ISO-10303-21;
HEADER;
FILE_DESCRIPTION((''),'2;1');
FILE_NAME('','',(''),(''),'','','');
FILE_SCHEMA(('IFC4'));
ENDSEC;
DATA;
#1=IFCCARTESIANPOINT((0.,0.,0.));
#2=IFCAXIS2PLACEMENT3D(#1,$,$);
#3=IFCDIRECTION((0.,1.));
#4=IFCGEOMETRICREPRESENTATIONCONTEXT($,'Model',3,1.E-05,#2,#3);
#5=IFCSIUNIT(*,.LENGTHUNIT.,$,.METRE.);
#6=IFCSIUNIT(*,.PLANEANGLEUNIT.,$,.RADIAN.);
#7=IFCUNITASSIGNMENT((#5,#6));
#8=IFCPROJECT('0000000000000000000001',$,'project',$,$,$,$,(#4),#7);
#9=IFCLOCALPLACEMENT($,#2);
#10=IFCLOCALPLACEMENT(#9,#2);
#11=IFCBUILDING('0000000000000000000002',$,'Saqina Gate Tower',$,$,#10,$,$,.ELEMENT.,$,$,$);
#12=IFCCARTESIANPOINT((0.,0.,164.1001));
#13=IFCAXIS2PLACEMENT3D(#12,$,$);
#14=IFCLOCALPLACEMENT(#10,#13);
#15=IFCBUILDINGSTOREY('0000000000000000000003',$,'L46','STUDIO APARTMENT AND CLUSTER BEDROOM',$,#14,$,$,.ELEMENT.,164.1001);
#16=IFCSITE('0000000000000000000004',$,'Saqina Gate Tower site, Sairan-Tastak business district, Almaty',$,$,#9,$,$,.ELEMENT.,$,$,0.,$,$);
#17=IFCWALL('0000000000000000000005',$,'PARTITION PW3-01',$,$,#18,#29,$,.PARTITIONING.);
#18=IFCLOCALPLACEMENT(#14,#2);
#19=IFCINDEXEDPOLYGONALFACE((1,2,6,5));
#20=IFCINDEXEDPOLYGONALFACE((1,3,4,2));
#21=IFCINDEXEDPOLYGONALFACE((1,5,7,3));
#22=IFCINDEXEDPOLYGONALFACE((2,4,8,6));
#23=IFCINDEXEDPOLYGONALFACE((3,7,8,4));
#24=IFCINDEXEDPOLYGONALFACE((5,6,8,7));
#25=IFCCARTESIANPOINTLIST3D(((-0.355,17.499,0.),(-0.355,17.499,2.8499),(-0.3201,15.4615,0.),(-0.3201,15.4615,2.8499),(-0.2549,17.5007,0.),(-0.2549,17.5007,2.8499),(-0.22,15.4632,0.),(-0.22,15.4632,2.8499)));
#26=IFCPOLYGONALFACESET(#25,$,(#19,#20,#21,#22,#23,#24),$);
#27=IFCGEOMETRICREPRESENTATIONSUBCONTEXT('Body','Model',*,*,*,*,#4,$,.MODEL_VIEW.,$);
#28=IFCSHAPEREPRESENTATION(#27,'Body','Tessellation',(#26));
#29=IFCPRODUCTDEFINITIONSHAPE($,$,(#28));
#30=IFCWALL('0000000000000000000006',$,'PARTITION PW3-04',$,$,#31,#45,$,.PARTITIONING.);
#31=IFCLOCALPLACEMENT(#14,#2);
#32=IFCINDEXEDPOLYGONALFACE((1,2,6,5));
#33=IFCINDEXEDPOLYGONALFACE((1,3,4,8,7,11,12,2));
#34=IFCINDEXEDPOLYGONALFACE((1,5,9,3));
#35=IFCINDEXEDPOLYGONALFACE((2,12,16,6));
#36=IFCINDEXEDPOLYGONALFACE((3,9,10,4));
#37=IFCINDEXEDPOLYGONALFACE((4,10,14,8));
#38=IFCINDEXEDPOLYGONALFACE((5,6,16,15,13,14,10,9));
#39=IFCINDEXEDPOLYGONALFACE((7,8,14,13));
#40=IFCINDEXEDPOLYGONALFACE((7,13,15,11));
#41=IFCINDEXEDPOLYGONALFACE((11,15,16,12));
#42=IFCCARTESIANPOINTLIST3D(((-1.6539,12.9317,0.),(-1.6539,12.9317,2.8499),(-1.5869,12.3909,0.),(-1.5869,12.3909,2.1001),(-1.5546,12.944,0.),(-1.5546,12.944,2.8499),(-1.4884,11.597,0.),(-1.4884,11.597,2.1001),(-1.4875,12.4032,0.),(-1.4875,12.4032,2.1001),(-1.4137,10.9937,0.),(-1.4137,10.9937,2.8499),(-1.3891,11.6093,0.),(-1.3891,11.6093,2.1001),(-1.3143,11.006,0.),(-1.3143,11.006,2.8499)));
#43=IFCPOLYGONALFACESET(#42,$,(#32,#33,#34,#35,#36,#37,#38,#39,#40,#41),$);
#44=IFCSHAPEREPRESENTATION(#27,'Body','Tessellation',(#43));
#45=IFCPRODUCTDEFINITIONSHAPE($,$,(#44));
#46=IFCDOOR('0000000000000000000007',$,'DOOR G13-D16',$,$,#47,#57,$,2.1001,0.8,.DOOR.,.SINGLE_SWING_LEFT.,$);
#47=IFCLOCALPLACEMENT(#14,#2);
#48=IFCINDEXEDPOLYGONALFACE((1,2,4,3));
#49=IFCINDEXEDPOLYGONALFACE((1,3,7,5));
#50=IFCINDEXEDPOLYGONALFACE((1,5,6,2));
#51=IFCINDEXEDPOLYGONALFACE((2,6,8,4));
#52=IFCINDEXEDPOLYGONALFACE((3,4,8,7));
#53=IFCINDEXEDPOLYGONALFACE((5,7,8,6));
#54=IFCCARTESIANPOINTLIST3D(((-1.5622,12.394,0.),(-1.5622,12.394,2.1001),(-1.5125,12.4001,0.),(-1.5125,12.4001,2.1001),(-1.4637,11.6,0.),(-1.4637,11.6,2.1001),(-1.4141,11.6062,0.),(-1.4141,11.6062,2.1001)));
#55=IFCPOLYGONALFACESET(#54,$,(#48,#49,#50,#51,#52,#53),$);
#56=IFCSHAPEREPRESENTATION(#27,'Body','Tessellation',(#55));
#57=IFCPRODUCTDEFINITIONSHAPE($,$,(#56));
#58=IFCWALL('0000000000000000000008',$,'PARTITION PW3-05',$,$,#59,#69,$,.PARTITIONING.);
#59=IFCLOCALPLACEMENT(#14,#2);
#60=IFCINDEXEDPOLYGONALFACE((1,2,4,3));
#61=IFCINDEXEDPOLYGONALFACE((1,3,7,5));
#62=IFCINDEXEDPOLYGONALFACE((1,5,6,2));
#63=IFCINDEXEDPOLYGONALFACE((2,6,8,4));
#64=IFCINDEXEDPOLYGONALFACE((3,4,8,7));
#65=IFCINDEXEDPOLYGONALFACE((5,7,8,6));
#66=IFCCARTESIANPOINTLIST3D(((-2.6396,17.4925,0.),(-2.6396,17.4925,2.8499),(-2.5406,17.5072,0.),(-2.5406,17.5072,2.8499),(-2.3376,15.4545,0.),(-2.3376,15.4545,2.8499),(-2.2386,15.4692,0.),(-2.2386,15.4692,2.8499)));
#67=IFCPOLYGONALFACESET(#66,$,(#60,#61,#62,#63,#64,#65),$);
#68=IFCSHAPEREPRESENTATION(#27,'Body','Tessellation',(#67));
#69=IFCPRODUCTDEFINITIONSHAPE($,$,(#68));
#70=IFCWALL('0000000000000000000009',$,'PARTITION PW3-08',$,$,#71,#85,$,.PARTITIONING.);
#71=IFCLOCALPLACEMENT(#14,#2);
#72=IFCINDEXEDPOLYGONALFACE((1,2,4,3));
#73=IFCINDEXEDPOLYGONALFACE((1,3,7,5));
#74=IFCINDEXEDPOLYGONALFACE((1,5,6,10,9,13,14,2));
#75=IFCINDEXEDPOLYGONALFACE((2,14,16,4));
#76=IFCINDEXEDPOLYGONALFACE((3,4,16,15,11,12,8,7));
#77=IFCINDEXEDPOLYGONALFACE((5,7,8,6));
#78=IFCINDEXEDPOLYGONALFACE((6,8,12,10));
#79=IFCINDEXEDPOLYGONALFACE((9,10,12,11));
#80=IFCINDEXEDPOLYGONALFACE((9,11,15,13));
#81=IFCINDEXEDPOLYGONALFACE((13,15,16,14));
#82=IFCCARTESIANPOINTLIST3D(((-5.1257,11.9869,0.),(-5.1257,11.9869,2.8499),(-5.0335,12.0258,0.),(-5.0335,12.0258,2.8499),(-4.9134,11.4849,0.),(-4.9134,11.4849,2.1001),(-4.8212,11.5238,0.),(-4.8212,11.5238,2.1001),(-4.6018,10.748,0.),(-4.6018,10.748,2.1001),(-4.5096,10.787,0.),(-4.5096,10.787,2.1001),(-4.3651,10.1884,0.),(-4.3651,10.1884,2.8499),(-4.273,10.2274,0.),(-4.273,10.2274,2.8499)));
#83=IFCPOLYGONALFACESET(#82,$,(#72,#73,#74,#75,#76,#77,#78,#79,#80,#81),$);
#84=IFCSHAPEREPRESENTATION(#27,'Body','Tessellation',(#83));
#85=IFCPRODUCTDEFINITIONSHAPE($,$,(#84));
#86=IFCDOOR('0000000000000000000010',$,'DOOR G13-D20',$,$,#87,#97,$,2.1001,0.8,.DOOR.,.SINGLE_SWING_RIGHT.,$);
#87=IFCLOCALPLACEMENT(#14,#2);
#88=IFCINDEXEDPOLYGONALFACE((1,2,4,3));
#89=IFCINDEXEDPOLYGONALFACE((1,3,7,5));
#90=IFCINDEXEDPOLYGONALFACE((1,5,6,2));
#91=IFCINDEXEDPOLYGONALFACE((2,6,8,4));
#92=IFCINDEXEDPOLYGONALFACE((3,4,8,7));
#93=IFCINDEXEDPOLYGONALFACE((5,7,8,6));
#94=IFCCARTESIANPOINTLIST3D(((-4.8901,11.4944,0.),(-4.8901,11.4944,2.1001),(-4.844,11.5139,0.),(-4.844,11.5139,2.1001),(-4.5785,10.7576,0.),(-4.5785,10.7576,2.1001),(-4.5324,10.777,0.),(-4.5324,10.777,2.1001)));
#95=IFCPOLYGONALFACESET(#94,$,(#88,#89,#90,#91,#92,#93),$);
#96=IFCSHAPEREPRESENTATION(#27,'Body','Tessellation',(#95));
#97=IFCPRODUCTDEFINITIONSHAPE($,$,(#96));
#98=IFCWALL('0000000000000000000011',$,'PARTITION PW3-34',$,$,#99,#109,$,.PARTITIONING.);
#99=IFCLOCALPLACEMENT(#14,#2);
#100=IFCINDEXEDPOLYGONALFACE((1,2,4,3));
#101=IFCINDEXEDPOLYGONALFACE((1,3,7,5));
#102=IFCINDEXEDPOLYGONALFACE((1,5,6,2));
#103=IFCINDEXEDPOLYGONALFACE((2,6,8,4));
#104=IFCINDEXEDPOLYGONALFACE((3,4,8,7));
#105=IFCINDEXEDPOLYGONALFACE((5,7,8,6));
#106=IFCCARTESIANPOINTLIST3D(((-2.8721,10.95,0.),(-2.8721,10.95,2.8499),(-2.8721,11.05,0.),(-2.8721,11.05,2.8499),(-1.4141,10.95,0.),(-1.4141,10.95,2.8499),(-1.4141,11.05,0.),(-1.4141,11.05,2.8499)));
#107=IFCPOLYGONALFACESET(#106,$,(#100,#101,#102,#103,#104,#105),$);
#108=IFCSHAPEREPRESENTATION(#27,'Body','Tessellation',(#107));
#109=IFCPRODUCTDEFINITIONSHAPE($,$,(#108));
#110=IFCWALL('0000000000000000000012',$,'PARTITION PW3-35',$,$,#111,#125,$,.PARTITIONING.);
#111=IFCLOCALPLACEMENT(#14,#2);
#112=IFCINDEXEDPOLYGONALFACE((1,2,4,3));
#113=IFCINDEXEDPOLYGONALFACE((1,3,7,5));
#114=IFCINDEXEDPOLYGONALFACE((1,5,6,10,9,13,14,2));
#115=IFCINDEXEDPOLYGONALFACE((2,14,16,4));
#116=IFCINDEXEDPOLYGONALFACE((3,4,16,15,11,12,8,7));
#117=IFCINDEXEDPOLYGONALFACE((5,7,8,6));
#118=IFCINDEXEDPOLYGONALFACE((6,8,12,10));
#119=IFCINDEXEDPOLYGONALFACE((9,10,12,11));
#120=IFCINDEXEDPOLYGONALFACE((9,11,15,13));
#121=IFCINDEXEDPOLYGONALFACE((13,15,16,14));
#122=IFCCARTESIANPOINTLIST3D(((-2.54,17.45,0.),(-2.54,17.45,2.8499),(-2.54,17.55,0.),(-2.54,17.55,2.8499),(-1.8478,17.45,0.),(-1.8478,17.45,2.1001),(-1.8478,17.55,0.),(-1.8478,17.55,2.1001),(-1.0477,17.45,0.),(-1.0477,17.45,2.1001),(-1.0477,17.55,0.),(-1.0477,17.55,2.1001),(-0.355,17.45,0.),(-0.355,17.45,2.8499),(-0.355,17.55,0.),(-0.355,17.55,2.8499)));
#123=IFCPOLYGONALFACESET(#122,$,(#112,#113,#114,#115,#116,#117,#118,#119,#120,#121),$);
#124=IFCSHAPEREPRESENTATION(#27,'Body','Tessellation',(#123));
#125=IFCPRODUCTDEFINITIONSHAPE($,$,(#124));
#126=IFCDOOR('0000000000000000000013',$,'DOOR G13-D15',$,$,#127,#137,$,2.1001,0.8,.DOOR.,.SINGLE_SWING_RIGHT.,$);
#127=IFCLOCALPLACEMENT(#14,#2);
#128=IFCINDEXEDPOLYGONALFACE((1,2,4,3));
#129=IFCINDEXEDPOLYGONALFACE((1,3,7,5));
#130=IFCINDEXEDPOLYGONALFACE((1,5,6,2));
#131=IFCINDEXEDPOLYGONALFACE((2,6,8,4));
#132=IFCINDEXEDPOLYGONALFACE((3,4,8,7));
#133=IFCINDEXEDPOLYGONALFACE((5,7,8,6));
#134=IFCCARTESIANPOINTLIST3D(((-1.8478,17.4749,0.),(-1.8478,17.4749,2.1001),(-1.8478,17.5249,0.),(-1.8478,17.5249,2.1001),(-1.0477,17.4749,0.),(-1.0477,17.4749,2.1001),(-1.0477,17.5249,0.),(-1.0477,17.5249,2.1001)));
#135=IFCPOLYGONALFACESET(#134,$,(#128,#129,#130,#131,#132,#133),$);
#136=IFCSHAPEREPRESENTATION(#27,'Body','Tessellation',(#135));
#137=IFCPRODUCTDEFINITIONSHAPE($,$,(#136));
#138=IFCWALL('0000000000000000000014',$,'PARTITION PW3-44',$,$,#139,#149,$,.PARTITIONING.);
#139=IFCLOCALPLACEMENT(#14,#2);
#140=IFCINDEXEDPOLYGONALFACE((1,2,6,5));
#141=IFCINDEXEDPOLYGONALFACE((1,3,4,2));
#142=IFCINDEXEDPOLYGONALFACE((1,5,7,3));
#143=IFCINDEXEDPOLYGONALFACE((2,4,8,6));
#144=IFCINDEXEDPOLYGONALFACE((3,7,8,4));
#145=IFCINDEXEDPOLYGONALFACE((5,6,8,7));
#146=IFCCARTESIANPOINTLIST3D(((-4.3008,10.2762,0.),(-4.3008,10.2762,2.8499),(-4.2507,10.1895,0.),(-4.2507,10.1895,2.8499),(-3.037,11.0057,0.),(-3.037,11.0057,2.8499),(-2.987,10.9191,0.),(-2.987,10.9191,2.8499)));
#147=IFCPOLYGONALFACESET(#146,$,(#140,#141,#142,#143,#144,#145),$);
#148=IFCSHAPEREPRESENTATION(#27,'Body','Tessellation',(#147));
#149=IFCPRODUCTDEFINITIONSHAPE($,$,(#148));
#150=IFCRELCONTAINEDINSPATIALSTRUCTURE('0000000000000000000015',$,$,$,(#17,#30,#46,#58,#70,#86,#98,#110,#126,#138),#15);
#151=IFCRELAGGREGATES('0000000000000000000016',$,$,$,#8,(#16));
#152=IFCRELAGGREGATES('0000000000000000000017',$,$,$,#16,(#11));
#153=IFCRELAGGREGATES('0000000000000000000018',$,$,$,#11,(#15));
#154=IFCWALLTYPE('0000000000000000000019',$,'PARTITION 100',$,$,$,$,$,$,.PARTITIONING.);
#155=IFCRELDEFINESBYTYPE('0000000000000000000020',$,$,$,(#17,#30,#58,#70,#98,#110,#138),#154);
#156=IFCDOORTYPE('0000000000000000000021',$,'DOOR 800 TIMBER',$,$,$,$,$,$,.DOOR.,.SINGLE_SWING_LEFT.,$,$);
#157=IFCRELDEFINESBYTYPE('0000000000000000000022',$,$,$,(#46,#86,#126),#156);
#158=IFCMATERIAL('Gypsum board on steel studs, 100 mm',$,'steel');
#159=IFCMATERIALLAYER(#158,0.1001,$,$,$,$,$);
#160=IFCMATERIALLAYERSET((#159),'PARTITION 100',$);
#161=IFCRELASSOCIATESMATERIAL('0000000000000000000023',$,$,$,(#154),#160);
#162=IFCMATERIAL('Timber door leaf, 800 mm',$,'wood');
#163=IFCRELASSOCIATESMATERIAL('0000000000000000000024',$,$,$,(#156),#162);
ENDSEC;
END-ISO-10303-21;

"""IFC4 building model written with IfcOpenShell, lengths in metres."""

from ifc_helpers import new_model, si_unit, direction, frame, frame_2d, origin, place, context, subcontext, project, spatial, rectangle, extrude, material, layer, layer_set, type_object, element, fill, save


model = new_model("IFC4")

# Units and contexts
model_context = context("Model", 3, precision=1e-05, world=origin(), true_north=direction((0.0, 1.0)))
body_context = subcontext(model_context, "Body", "Model", "MODEL_VIEW")
ifc_project = project(units=[si_unit("LENGTHUNIT", "METRE"), si_unit("PLANEANGLEUNIT", "RADIAN")], contexts=[model_context])

# Site, building, storey
site_placement = place(None, origin())
site = spatial("IfcSite", under=ifc_project, at=site_placement, Name="Saqina Gate Tower site, Sairan-Tastak business district, Almaty", CompositionType="ELEMENT", RefElevation=0.0)
building_placement = place(site_placement, origin())
building = spatial("IfcBuilding", under=site, at=building_placement, Name="Saqina Gate Tower", CompositionType="ELEMENT")
storey_placement = place(building_placement, frame((0.0, 0.0, 164.1001)))
storey = spatial("IfcBuildingStorey", under=building, at=storey_placement, Name="L46", Description="STUDIO APARTMENT AND CLUSTER BEDROOM", CompositionType="ELEMENT", Elevation=164.1001)

# Wall
ifc_material_1 = material(Name="Gypsum board on steel studs, 100 mm", Category="steel")
ifc_layer_1 = layer(ifc_material_1, 0.1001)
ifc_layer_set_1 = layer_set([ifc_layer_1], Name="PARTITION 100")
wall_type_1 = type_object("IfcWallType", Name="PARTITION 100", PredefinedType="PARTITIONING", material=ifc_layer_set_1)
wall_1_placement = place(storey_placement, frame((-0.3049, 17.5, 0.0), z_axis=(0.0, 0.0, 1.0), x_axis=(0.017131, -0.999853, 0.0)))
element("IfcWall", 1, at=wall_1_placement, inside=storey, type_object=wall_type_1, Name="PARTITION PW3-01", PredefinedType="PARTITIONING", context=body_context, shape_type="SweptSolid", body=[
    extrude(rectangle(XDim=2.0378, YDim=0.1001, at=frame_2d((1.019, 0.0))), origin(), (0.0, 0.0, 1.0), 2.8499),
])

# Wall, opening, door
wall_2_placement = place(storey_placement, frame((-1.6042, 12.938, 0.0), z_axis=(0.0, 0.0, 1.0), x_axis=(0.123019, -0.992404, 0.0)))
wall_2 = element("IfcWall", 2, at=wall_2_placement, inside=storey, type_object=wall_type_1, Name="PARTITION PW3-04", PredefinedType="PARTITIONING", context=body_context, shape_type="SweptSolid", body=[
    extrude(rectangle(XDim=1.9529, YDim=0.1001, at=frame_2d((0.9766, 0.0))), origin(), (0.0, 0.0, 1.0), 2.8499),
])
opening_1_placement = place(wall_2_placement, frame((0.5452, 0.0, 0.0)))
opening_1 = element("IfcOpeningElement", 3, at=opening_1_placement, cuts=wall_2, PredefinedType="OPENING", context=body_context, shape_type="SweptSolid", body=[
    extrude(rectangle(XDim=0.8, YDim=2.1001, at=frame_2d((0.3999, 1.05))), frame((0.0, 0.062, 0.0), z_axis=(0.0, -1.0, 0.0), x_axis=(1.0, 0.0, 0.0)), (0.0, 0.0, 1.0), 0.124),
])
ifc_material_2 = material(Name="Timber door leaf, 800 mm", Category="wood")
door_type_1 = type_object("IfcDoorType", Name="DOOR 800 TIMBER", OperationType="SINGLE_SWING_LEFT", PredefinedType="DOOR", material=ifc_material_2)
door_1_placement = place(opening_1_placement, origin())
door_1 = element("IfcDoor", 4, at=door_1_placement, inside=storey, type_object=door_type_1, Name="DOOR G13-D16", OperationType="SINGLE_SWING_LEFT", OverallHeight=2.1001, OverallWidth=0.8, PredefinedType="DOOR", context=body_context, shape_type="SweptSolid", body=[
    extrude(rectangle(XDim=0.8, YDim=2.1001, at=frame_2d((0.3999, 1.05))), frame((0.0, 0.0249, 0.0), z_axis=(0.0, -1.0, 0.0), x_axis=(1.0, 0.0, 0.0)), (0.0, 0.0, 1.0), 0.05),
])
fill(opening_1, door_1)

# Wall
wall_3_placement = place(storey_placement, frame((-2.5901, 17.5, 0.0), z_axis=(0.0, 0.0, 1.0), x_axis=(0.146579, -0.989199, 0.0)))
element("IfcWall", 5, at=wall_3_placement, inside=storey, type_object=wall_type_1, Name="PARTITION PW3-05", PredefinedType="PARTITIONING", context=body_context, shape_type="SweptSolid", body=[
    extrude(rectangle(XDim=2.0603, YDim=0.1001, at=frame_2d((1.0303, 0.0))), origin(), (0.0, 0.0, 1.0), 2.8499),
])

# Wall, opening, door
wall_4_placement = place(storey_placement, frame((-5.0796, 12.0063, 0.0), z_axis=(0.0, 0.0, 1.0), x_axis=(0.389493, -0.921029, 0.0)))
wall_4 = element("IfcWall", 6, at=wall_4_placement, inside=storey, type_object=wall_type_1, Name="PARTITION PW3-08", PredefinedType="PARTITIONING", context=body_context, shape_type="SweptSolid", body=[
    extrude(rectangle(XDim=1.9526, YDim=0.1001, at=frame_2d((0.9763, 0.0))), origin(), (0.0, 0.0, 1.0), 2.8499),
])
opening_2_placement = place(wall_4_placement, frame((0.5452, 0.0, 0.0)))
opening_2 = element("IfcOpeningElement", 7, at=opening_2_placement, cuts=wall_4, PredefinedType="OPENING", context=body_context, shape_type="SweptSolid", body=[
    extrude(rectangle(XDim=0.8, YDim=2.1001, at=frame_2d((0.3999, 1.05))), frame((0.0, 0.062, 0.0), z_axis=(0.0, -1.0, 0.0), x_axis=(1.0, 0.0, 0.0)), (0.0, 0.0, 1.0), 0.124),
])
door_2_placement = place(opening_2_placement, frame((0.8, 0.0, 0.0), z_axis=(0.0, 0.0, 1.0), x_axis=(-1.0, 0.0, 0.0)))
door_2 = element("IfcDoor", 8, at=door_2_placement, inside=storey, type_object=door_type_1, Name="DOOR G13-D20", OperationType="SINGLE_SWING_RIGHT", OverallHeight=2.1001, OverallWidth=0.8, PredefinedType="DOOR", context=body_context, shape_type="SweptSolid", body=[
    extrude(rectangle(XDim=0.8, YDim=2.1001, at=frame_2d((0.3999, 1.05))), frame((0.0, 0.0249, 0.0), z_axis=(0.0, -1.0, 0.0), x_axis=(1.0, 0.0, 0.0)), (0.0, 0.0, 1.0), 0.05),
])
fill(opening_2, door_2)

# Wall
wall_5_placement = place(storey_placement, frame((-2.8721, 11.0, 0.0), z_axis=(0.0, 0.0, 1.0), x_axis=(1.0, 0.0, 0.0)))
element("IfcWall", 9, at=wall_5_placement, inside=storey, type_object=wall_type_1, Name="PARTITION PW3-34", PredefinedType="PARTITIONING", context=body_context, shape_type="SweptSolid", body=[
    extrude(rectangle(XDim=1.458, YDim=0.1001, at=frame_2d((0.729, 0.0))), origin(), (0.0, 0.0, 1.0), 2.8499),
])

# Wall, opening, door
wall_6_placement = place(storey_placement, frame((-2.54, 17.5, 0.0), z_axis=(0.0, 0.0, 1.0), x_axis=(1.0, 0.0, 0.0)))
wall_6 = element("IfcWall", 10, at=wall_6_placement, inside=storey, type_object=wall_type_1, Name="PARTITION PW3-35", PredefinedType="PARTITIONING", context=body_context, shape_type="SweptSolid", body=[
    extrude(rectangle(XDim=2.1851, YDim=0.1001, at=frame_2d((1.0925, 0.0))), origin(), (0.0, 0.0, 1.0), 2.8499),
])
opening_3_placement = place(wall_6_placement, frame((0.6924, 0.0, 0.0)))
opening_3 = element("IfcOpeningElement", 11, at=opening_3_placement, cuts=wall_6, PredefinedType="OPENING", context=body_context, shape_type="SweptSolid", body=[
    extrude(rectangle(XDim=0.8, YDim=2.1001, at=frame_2d((0.3999, 1.05))), frame((0.0, 0.062, 0.0), z_axis=(0.0, -1.0, 0.0), x_axis=(1.0, 0.0, 0.0)), (0.0, 0.0, 1.0), 0.124),
])
door_3_placement = place(opening_3_placement, origin())
door_3 = element("IfcDoor", 12, at=door_3_placement, inside=storey, type_object=door_type_1, Name="DOOR G13-D15", OperationType="SINGLE_SWING_RIGHT", OverallHeight=2.1001, OverallWidth=0.8, PredefinedType="DOOR", context=body_context, shape_type="SweptSolid", body=[
    extrude(rectangle(XDim=0.8, YDim=2.1001, at=frame_2d((0.3999, 1.05))), frame((0.0, 0.0249, 0.0), z_axis=(0.0, -1.0, 0.0), x_axis=(1.0, 0.0, 0.0)), (0.0, 0.0, 1.0), 0.05),
])
fill(opening_3, door_3)

# Wall
wall_7_placement = place(storey_placement, frame((-4.2756, 10.2329, 0.0), z_axis=(0.0, 0.0, 1.0), x_axis=(0.866052, 0.499954, 0.0)))
element("IfcWall", 13, at=wall_7_placement, inside=storey, type_object=wall_type_1, Name="PARTITION PW3-44", PredefinedType="PARTITIONING", context=body_context, shape_type="SweptSolid", body=[
    extrude(rectangle(XDim=1.4592, YDim=0.1001, at=frame_2d((0.7295, 0.0))), origin(), (0.0, 0.0, 1.0), 2.8499),
])

save(model, "model.ifc")
